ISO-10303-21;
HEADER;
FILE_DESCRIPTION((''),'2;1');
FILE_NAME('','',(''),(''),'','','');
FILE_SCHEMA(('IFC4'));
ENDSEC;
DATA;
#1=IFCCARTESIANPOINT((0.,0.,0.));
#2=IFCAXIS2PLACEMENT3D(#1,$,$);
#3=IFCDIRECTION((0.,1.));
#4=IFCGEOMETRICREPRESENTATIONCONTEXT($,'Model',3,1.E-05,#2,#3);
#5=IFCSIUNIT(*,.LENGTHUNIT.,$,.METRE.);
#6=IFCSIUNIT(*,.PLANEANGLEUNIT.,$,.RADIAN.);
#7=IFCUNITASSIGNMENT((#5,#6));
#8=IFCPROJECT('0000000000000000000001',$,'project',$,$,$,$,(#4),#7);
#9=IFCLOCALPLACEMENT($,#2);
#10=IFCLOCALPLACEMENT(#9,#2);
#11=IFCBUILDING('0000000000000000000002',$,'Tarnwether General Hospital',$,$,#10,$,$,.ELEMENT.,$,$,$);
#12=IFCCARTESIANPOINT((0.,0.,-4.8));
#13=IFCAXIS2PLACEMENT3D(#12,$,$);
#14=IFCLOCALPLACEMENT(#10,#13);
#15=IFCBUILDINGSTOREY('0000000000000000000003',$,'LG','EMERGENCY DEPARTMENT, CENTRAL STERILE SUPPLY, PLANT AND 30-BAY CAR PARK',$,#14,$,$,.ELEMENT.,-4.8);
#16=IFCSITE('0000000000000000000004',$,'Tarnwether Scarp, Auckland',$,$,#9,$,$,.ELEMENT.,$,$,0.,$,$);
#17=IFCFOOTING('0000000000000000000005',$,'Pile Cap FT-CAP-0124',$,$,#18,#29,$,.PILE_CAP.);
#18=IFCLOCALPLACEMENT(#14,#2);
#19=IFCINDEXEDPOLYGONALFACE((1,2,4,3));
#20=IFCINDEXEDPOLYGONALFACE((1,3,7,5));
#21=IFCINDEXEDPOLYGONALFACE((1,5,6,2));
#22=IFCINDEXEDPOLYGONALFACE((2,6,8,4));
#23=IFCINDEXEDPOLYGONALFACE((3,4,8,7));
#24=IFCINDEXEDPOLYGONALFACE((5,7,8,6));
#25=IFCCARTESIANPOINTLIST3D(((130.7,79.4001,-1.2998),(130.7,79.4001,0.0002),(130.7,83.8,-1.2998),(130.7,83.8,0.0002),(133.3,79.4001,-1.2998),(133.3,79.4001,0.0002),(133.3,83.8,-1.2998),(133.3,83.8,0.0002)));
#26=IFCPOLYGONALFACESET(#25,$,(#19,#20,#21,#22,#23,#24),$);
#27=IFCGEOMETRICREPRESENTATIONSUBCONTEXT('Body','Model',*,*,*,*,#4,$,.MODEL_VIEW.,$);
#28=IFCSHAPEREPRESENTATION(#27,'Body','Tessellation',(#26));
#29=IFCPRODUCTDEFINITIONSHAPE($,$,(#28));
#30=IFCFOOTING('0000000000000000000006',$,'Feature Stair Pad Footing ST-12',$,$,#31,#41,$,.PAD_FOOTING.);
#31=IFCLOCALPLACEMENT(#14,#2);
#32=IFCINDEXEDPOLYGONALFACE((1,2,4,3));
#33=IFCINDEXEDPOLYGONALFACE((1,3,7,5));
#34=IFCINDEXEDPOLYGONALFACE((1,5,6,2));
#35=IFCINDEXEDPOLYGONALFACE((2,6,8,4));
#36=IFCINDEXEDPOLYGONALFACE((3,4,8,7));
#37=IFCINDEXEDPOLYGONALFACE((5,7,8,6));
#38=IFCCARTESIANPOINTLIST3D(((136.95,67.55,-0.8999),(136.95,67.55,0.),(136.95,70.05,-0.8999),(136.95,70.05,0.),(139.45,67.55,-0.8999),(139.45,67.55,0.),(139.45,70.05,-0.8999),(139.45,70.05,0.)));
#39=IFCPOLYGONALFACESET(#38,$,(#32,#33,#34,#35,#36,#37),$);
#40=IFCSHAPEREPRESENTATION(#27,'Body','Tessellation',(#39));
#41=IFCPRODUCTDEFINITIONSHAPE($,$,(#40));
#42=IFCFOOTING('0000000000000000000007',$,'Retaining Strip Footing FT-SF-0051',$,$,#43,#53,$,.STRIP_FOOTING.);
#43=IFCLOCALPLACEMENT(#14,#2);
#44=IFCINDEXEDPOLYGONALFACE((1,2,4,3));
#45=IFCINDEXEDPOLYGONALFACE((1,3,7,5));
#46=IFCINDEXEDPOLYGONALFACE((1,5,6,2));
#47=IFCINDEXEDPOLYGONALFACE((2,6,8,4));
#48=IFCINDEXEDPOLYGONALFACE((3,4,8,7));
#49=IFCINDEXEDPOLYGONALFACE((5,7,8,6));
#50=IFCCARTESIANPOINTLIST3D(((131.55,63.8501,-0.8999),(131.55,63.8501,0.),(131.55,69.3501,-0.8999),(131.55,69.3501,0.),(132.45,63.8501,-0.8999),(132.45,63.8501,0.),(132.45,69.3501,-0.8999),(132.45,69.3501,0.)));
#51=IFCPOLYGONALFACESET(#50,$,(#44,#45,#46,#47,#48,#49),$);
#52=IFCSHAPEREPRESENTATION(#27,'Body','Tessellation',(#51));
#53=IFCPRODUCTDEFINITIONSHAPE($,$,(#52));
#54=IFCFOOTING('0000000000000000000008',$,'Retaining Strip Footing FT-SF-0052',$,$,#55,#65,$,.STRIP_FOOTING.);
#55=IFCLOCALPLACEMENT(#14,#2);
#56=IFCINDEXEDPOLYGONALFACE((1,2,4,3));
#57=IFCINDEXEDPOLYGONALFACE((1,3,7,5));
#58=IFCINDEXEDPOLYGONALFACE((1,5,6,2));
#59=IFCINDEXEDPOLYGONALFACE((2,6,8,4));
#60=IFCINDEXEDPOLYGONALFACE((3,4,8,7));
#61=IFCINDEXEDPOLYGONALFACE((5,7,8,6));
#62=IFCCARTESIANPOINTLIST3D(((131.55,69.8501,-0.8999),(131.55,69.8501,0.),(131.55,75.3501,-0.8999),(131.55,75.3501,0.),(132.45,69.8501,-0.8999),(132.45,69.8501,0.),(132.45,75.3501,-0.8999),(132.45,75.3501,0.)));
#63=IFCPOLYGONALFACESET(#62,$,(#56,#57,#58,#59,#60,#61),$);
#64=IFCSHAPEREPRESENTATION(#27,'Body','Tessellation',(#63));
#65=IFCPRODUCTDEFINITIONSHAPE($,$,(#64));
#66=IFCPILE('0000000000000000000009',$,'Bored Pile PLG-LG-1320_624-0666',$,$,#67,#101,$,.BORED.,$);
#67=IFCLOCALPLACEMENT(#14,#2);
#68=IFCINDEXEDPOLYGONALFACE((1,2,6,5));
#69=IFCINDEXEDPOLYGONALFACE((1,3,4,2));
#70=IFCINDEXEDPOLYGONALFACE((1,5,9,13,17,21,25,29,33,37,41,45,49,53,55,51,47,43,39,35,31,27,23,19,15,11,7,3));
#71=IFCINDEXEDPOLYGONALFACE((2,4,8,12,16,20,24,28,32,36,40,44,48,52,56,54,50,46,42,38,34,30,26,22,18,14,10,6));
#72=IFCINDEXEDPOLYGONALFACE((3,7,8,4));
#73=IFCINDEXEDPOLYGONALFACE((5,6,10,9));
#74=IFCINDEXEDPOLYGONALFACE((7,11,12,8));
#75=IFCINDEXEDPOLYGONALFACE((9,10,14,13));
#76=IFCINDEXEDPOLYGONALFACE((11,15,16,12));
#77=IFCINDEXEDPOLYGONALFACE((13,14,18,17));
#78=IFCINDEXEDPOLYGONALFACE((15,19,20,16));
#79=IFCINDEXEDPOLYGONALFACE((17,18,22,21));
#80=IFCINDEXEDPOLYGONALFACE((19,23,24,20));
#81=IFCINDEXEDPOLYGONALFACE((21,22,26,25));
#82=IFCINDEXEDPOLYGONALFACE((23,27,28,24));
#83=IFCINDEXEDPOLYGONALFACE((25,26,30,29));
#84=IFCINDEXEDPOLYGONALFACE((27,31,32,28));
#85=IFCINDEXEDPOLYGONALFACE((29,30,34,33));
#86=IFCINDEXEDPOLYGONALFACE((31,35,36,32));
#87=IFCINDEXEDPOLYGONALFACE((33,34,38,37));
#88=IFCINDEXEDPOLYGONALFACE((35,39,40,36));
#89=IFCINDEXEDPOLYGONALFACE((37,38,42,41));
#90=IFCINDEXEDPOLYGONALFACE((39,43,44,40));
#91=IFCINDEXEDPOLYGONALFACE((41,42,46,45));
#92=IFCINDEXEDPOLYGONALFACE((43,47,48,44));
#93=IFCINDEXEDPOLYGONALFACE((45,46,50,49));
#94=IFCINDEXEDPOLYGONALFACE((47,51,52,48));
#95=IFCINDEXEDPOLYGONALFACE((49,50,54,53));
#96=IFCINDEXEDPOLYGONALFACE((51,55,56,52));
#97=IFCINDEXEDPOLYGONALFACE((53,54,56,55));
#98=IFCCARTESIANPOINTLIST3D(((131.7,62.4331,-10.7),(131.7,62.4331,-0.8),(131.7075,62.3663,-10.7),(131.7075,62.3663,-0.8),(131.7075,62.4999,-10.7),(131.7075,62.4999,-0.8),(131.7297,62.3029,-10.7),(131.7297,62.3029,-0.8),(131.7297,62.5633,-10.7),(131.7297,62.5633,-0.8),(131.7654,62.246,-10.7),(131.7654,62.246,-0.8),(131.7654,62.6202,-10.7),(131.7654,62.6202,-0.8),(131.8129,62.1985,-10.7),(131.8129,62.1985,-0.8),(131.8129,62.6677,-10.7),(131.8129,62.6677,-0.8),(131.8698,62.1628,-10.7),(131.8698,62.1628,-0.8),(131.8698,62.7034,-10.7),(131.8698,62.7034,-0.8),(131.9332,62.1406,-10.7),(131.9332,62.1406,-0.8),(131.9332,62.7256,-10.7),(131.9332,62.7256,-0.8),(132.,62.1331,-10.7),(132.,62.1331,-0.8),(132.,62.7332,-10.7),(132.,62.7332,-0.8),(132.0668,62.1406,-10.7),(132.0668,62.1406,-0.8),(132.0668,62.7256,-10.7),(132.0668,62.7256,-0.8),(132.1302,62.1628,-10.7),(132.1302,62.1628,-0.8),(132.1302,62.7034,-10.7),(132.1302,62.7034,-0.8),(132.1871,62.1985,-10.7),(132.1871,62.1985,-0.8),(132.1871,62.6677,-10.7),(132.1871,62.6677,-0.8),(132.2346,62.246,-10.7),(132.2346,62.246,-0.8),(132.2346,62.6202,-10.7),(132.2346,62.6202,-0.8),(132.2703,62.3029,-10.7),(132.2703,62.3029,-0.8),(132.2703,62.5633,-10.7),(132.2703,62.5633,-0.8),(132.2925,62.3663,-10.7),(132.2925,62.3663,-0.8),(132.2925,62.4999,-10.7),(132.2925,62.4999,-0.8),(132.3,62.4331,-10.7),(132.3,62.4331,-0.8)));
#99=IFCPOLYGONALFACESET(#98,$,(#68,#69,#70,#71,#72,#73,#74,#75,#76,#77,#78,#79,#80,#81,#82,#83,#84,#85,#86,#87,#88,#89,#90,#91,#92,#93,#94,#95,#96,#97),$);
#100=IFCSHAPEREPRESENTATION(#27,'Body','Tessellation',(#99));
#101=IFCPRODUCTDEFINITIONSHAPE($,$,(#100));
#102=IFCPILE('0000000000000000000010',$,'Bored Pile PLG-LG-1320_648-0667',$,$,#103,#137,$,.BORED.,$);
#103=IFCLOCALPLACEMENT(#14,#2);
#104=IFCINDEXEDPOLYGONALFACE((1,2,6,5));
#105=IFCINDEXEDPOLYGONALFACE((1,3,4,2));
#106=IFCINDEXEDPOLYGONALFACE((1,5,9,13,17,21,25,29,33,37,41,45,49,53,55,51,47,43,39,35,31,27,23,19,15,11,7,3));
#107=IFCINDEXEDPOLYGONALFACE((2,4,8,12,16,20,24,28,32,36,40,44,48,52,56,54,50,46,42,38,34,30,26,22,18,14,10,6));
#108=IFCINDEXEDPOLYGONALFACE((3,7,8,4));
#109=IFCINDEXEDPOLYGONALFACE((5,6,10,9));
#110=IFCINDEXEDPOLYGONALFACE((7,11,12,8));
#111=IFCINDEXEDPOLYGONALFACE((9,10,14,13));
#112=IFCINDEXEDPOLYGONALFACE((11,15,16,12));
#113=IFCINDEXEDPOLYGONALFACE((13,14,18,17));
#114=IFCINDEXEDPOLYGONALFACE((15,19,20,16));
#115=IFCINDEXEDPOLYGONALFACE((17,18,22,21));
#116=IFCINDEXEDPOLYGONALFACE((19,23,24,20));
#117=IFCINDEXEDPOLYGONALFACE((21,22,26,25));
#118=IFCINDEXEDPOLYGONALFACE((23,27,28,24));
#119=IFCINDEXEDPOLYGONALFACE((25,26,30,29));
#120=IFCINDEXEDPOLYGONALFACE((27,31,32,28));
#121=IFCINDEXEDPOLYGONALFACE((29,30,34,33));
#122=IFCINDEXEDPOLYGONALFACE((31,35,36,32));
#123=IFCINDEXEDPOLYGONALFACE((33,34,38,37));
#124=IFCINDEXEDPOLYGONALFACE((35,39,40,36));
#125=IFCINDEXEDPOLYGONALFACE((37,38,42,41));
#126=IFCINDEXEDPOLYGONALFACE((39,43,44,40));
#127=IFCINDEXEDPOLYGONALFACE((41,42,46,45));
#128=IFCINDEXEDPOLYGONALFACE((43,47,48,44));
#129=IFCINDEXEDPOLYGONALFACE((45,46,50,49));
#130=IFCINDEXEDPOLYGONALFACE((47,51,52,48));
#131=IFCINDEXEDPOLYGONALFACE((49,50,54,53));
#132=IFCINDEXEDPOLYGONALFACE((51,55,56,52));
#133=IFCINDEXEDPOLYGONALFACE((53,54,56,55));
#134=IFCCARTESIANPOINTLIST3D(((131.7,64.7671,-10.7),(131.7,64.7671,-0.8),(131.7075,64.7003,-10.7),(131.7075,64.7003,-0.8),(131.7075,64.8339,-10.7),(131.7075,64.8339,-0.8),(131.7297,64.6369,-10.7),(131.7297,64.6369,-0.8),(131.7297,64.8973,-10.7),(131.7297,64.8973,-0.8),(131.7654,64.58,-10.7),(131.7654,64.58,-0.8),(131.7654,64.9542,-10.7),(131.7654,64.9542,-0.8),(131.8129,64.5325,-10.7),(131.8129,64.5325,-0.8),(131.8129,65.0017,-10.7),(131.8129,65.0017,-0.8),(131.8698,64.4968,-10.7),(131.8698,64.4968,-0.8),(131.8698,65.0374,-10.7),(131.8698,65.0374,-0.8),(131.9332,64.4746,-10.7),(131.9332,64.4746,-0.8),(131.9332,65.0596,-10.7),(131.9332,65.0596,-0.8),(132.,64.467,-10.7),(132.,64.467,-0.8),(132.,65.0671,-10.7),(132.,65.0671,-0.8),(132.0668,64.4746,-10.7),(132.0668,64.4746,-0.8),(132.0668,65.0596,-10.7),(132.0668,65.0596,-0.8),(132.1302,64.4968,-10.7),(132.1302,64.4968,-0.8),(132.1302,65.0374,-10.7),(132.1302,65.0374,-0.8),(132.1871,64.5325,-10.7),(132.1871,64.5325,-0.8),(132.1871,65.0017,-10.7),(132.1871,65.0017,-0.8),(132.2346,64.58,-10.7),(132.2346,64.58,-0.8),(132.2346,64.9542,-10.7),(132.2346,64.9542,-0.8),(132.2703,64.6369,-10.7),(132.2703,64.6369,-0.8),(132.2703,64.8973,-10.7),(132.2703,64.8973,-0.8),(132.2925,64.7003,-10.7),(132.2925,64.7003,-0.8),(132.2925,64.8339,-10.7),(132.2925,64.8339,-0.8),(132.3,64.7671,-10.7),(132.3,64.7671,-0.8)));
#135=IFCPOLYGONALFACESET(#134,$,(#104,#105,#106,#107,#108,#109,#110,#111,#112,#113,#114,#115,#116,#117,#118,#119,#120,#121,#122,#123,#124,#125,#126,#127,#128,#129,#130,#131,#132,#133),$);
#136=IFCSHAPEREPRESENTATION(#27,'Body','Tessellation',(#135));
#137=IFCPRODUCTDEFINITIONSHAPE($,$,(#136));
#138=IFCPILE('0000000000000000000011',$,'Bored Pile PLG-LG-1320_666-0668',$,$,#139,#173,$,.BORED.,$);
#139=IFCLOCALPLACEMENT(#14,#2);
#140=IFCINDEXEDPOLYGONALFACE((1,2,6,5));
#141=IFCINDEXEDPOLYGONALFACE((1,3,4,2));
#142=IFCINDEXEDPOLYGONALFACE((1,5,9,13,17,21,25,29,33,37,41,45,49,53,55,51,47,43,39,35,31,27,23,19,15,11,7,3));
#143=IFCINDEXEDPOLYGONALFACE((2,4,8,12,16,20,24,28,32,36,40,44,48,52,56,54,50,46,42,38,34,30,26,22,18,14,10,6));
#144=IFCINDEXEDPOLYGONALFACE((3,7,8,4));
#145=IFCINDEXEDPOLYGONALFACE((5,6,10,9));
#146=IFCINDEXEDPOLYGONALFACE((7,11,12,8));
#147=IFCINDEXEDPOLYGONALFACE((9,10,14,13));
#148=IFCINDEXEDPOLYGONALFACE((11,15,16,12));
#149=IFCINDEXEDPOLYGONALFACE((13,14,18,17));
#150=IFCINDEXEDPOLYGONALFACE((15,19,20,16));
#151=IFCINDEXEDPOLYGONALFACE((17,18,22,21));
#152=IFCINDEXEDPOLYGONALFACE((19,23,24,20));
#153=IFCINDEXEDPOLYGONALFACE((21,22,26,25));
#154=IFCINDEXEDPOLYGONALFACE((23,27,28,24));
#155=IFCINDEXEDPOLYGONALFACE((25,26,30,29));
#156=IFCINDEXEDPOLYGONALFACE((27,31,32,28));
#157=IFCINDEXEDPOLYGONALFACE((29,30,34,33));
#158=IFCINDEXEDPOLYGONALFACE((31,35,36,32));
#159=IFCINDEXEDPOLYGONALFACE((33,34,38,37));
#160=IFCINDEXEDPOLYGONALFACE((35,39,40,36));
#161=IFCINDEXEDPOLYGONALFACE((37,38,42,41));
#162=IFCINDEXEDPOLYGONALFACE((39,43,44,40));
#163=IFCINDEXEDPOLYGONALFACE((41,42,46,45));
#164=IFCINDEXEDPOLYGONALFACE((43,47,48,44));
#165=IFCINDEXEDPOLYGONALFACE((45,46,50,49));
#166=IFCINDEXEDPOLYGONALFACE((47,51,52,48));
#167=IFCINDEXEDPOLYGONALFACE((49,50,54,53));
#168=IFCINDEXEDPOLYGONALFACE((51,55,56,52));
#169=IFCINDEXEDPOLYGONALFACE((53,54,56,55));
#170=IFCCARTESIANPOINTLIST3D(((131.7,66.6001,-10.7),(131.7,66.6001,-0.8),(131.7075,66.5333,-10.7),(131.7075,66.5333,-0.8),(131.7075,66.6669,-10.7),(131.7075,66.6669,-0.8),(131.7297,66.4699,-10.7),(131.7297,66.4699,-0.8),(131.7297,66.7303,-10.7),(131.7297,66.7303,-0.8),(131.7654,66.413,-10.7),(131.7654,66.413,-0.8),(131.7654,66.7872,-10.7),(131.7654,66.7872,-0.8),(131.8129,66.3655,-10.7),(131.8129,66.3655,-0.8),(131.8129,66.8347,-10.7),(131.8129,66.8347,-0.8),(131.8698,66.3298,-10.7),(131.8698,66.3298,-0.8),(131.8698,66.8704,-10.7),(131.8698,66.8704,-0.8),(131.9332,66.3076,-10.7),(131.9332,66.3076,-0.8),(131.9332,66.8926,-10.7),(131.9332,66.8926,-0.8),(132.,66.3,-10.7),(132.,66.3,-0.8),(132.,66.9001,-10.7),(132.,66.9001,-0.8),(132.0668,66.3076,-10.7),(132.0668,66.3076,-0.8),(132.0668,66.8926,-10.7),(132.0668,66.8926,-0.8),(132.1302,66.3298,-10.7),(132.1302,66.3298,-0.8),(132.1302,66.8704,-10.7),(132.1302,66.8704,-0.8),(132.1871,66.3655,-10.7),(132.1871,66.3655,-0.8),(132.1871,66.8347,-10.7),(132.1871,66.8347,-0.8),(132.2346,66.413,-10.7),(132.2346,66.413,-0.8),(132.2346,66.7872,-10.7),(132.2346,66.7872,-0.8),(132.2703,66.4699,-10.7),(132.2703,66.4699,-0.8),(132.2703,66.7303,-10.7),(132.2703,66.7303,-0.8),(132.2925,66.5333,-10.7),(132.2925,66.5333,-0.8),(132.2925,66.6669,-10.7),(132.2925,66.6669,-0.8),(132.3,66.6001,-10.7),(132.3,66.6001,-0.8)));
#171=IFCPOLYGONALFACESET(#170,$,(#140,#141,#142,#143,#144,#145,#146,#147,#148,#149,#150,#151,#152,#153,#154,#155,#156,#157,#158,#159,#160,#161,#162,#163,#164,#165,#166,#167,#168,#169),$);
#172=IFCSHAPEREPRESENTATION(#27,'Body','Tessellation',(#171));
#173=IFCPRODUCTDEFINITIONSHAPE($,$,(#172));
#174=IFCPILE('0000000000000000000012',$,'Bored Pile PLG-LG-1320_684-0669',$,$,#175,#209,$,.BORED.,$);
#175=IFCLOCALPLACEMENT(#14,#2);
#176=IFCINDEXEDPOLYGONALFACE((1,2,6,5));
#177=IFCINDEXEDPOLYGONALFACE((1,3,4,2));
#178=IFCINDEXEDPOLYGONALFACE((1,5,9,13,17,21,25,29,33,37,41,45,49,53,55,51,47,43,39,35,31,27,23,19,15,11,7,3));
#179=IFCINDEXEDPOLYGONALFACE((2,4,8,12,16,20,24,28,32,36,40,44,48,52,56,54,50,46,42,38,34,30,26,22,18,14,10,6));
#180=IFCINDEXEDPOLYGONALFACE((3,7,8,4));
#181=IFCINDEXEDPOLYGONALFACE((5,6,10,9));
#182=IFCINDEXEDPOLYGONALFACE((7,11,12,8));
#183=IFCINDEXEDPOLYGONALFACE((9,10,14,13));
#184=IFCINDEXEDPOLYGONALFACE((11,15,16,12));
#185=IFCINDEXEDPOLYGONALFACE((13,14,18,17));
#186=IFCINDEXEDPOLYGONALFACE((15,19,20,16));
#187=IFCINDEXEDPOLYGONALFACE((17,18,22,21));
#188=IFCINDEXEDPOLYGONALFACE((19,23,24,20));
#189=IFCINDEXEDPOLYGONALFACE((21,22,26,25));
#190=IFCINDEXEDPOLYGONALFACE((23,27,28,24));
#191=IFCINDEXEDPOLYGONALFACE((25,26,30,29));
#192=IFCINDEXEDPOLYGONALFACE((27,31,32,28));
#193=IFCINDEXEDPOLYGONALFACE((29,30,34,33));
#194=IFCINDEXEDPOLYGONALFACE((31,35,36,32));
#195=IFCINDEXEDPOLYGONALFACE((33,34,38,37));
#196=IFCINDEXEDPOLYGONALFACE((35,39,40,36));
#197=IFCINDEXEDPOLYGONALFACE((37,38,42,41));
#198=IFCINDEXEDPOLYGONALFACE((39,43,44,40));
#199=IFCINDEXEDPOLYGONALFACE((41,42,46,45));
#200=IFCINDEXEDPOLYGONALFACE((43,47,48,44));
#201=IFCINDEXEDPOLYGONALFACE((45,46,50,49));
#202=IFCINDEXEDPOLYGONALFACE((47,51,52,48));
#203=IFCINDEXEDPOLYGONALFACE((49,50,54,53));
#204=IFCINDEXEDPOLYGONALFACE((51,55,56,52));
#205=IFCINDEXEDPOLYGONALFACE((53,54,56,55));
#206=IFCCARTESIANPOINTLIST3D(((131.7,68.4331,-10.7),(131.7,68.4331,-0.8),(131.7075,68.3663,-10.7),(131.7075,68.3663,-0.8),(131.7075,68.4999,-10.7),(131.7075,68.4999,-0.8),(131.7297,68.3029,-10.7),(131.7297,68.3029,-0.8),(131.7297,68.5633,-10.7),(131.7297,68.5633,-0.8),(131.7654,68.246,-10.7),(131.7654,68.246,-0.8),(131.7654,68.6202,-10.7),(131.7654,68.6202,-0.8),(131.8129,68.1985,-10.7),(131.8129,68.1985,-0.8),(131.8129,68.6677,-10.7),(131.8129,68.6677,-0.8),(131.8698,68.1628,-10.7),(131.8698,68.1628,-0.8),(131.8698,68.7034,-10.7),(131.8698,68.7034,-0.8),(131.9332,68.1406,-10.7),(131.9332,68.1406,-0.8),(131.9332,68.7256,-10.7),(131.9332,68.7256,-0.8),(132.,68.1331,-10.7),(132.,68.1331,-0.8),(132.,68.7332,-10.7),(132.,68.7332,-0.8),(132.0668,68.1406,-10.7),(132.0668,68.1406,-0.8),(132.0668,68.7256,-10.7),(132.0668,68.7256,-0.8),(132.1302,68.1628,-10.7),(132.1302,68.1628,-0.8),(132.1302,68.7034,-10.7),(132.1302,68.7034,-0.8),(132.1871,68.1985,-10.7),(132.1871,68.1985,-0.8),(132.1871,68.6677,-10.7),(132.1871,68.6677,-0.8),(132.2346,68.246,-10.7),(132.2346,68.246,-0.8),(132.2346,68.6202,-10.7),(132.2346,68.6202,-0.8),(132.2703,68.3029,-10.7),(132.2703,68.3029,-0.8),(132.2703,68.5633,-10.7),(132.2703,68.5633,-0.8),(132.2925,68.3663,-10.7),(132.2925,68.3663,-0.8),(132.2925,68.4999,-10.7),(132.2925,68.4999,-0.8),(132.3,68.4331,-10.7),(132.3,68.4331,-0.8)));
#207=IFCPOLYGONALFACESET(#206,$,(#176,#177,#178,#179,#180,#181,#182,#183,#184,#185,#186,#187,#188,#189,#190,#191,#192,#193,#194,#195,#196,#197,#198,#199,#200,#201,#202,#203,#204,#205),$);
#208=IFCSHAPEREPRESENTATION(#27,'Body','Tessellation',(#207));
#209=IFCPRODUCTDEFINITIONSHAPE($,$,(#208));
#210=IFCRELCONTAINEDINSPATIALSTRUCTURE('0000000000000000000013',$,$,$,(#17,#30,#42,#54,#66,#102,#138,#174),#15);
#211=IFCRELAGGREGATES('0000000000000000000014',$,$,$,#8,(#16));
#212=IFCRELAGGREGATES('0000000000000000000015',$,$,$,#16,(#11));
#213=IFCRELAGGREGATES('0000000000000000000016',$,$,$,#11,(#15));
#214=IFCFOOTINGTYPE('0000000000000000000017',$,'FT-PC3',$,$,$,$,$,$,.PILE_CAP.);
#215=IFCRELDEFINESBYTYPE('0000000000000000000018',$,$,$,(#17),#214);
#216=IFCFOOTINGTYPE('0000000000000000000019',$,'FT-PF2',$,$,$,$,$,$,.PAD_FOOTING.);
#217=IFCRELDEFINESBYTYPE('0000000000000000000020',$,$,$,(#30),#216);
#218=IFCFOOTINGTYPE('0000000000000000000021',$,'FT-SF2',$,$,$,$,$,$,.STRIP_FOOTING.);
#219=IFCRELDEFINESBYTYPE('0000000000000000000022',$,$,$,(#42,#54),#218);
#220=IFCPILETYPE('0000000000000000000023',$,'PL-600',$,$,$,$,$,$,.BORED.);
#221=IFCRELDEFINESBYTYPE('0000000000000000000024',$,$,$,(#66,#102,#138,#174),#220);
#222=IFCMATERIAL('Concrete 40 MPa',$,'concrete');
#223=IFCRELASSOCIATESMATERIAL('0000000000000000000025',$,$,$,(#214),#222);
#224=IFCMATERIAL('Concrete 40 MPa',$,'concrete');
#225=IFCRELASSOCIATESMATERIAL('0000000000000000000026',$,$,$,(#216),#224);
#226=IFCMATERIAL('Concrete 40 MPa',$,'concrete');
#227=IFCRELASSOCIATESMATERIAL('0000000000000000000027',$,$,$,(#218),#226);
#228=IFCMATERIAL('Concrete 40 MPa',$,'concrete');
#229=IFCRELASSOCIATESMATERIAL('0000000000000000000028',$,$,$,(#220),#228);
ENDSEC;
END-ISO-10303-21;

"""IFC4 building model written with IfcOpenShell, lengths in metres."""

from ifc_helpers import new_model, si_unit, direction, frame, origin, origin_2d, place, context, subcontext, project, spatial, rectangle, circle, extrude, material, material_profile, profile_set, type_object, element, save


model = new_model("IFC4")

# Units and contexts
model_context = context("Model", 3, precision=1e-05, world=origin(), true_north=direction((0.0, 1.0)))
body_context = subcontext(model_context, "Body", "Model", "MODEL_VIEW")
ifc_project = project(units=[si_unit("LENGTHUNIT", "METRE"), si_unit("PLANEANGLEUNIT", "RADIAN")], contexts=[model_context])

# Site, building, storey
site_placement = place(None, origin())
site = spatial("IfcSite", under=ifc_project, at=site_placement, Name="Tarnwether Scarp, Auckland", CompositionType="ELEMENT", RefElevation=0.0)
building_placement = place(site_placement, origin())
building = spatial("IfcBuilding", under=site, at=building_placement, Name="Tarnwether General Hospital", CompositionType="ELEMENT")
storey_placement = place(building_placement, frame((0.0, 0.0, -4.8)))
storey = spatial("IfcBuildingStorey", under=building, at=storey_placement, Name="LG", Description="EMERGENCY DEPARTMENT, CENTRAL STERILE SUPPLY, PLANT AND 30-BAY CAR PARK", CompositionType="ELEMENT", Elevation=-4.8)

# Footings
ifc_material_1 = material(Name="Concrete 40 MPa", Category="concrete")
footing_type_1 = type_object("IfcFootingType", Name="FT-PC3", PredefinedType="PILE_CAP", material=ifc_material_1)
footing_1_placement = place(storey_placement, frame((132.0, 81.6001, -1.2998), z_axis=(0.0, 0.0, 1.0), x_axis=(0.0, 1.0, 0.0)))
element("IfcFooting", 1, at=footing_1_placement, inside=storey, type_object=footing_type_1, Name="Pile Cap FT-CAP-0124", PredefinedType="PILE_CAP", context=body_context, shape_type="SweptSolid", body=[
    extrude(rectangle(XDim=4.3999, YDim=2.6001, at=origin_2d()), origin(), (0.0, 0.0, 1.0), 1.3),
])
ifc_material_2 = material(Name="Concrete 40 MPa", Category="concrete")
footing_type_2 = type_object("IfcFootingType", Name="FT-PF2", PredefinedType="PAD_FOOTING", material=ifc_material_2)
footing_2_placement = place(storey_placement, frame((138.2, 68.8, -0.8999), z_axis=(0.0, 0.0, 1.0), x_axis=(0.0, -1.0, 0.0)))
element("IfcFooting", 2, at=footing_2_placement, inside=storey, type_object=footing_type_2, Name="Feature Stair Pad Footing ST-12", PredefinedType="PAD_FOOTING", context=body_context, shape_type="SweptSolid", body=[
    extrude(rectangle(XDim=2.5, YDim=2.5, at=origin_2d()), origin(), (0.0, 0.0, 1.0), 0.8999),
])
ifc_material_3 = material(Name="Concrete 40 MPa", Category="concrete")
footing_type_3 = type_object("IfcFootingType", Name="FT-SF2", PredefinedType="STRIP_FOOTING", material=ifc_material_3)
for number, where, z_axis, x_axis, name in (
    (3, (132.0, 66.6001, -0.8999), (0.0, 0.0, 1.0), (0.0, 1.0, 0.0), "Retaining Strip Footing FT-SF-0051"),
    (4, (132.0, 72.6001, -0.8999), (0.0, 0.0, 1.0), (0.0, 1.0, 0.0), "Retaining Strip Footing FT-SF-0052"),
):
    element("IfcFooting", number, at=place(storey_placement, frame(where, z_axis=z_axis, x_axis=x_axis)), inside=storey, type_object=footing_type_3, Name=name, PredefinedType="STRIP_FOOTING", context=body_context, shape_type="SweptSolid", body=[
        extrude(rectangle(XDim=5.5, YDim=0.8999, at=origin_2d()), origin(), (0.0, 0.0, 1.0), 0.8999),
    ])

# Piles
ifc_material_4 = material(Name="Concrete 40 MPa", Category="concrete")
ifc_material_profile_1 = material_profile(ifc_material_4, circle(Radius=0.3, at=origin_2d()), Name="PILE-D600")
ifc_profile_set_1 = profile_set([ifc_material_profile_1], Name="Concrete 40 MPa")
pile_type_1 = type_object("IfcPileType", Name="PL-600", PredefinedType="BORED", material=ifc_profile_set_1)
for number, where, z_axis, x_axis, name in (
    (5, (132.0, 62.4331, -0.8), (0.0, 0.0, -1.0), (1.0, 0.0, 0.0), "Bored Pile PLG-LG-1320_624-0666"),
    (6, (132.0, 64.7671, -0.8), (0.0, 0.0, -1.0), (1.0, 0.0, 0.0), "Bored Pile PLG-LG-1320_648-0667"),
    (7, (132.0, 66.6001, -0.8), (0.0, 0.0, -1.0), (1.0, 0.0, 0.0), "Bored Pile PLG-LG-1320_666-0668"),
    (8, (132.0, 68.4331, -0.8), (0.0, 0.0, -1.0), (1.0, 0.0, 0.0), "Bored Pile PLG-LG-1320_684-0669"),
):
    element("IfcPile", number, at=place(storey_placement, frame(where, z_axis=z_axis, x_axis=x_axis)), inside=storey, type_object=pile_type_1, Name=name, PredefinedType="BORED", context=body_context, shape_type="SweptSolid", body=[
        extrude(circle(Radius=0.3, at=origin_2d()), origin(), (0.0, 0.0, 1.0), 9.8999),
    ])

save(model, "model.ifc")
